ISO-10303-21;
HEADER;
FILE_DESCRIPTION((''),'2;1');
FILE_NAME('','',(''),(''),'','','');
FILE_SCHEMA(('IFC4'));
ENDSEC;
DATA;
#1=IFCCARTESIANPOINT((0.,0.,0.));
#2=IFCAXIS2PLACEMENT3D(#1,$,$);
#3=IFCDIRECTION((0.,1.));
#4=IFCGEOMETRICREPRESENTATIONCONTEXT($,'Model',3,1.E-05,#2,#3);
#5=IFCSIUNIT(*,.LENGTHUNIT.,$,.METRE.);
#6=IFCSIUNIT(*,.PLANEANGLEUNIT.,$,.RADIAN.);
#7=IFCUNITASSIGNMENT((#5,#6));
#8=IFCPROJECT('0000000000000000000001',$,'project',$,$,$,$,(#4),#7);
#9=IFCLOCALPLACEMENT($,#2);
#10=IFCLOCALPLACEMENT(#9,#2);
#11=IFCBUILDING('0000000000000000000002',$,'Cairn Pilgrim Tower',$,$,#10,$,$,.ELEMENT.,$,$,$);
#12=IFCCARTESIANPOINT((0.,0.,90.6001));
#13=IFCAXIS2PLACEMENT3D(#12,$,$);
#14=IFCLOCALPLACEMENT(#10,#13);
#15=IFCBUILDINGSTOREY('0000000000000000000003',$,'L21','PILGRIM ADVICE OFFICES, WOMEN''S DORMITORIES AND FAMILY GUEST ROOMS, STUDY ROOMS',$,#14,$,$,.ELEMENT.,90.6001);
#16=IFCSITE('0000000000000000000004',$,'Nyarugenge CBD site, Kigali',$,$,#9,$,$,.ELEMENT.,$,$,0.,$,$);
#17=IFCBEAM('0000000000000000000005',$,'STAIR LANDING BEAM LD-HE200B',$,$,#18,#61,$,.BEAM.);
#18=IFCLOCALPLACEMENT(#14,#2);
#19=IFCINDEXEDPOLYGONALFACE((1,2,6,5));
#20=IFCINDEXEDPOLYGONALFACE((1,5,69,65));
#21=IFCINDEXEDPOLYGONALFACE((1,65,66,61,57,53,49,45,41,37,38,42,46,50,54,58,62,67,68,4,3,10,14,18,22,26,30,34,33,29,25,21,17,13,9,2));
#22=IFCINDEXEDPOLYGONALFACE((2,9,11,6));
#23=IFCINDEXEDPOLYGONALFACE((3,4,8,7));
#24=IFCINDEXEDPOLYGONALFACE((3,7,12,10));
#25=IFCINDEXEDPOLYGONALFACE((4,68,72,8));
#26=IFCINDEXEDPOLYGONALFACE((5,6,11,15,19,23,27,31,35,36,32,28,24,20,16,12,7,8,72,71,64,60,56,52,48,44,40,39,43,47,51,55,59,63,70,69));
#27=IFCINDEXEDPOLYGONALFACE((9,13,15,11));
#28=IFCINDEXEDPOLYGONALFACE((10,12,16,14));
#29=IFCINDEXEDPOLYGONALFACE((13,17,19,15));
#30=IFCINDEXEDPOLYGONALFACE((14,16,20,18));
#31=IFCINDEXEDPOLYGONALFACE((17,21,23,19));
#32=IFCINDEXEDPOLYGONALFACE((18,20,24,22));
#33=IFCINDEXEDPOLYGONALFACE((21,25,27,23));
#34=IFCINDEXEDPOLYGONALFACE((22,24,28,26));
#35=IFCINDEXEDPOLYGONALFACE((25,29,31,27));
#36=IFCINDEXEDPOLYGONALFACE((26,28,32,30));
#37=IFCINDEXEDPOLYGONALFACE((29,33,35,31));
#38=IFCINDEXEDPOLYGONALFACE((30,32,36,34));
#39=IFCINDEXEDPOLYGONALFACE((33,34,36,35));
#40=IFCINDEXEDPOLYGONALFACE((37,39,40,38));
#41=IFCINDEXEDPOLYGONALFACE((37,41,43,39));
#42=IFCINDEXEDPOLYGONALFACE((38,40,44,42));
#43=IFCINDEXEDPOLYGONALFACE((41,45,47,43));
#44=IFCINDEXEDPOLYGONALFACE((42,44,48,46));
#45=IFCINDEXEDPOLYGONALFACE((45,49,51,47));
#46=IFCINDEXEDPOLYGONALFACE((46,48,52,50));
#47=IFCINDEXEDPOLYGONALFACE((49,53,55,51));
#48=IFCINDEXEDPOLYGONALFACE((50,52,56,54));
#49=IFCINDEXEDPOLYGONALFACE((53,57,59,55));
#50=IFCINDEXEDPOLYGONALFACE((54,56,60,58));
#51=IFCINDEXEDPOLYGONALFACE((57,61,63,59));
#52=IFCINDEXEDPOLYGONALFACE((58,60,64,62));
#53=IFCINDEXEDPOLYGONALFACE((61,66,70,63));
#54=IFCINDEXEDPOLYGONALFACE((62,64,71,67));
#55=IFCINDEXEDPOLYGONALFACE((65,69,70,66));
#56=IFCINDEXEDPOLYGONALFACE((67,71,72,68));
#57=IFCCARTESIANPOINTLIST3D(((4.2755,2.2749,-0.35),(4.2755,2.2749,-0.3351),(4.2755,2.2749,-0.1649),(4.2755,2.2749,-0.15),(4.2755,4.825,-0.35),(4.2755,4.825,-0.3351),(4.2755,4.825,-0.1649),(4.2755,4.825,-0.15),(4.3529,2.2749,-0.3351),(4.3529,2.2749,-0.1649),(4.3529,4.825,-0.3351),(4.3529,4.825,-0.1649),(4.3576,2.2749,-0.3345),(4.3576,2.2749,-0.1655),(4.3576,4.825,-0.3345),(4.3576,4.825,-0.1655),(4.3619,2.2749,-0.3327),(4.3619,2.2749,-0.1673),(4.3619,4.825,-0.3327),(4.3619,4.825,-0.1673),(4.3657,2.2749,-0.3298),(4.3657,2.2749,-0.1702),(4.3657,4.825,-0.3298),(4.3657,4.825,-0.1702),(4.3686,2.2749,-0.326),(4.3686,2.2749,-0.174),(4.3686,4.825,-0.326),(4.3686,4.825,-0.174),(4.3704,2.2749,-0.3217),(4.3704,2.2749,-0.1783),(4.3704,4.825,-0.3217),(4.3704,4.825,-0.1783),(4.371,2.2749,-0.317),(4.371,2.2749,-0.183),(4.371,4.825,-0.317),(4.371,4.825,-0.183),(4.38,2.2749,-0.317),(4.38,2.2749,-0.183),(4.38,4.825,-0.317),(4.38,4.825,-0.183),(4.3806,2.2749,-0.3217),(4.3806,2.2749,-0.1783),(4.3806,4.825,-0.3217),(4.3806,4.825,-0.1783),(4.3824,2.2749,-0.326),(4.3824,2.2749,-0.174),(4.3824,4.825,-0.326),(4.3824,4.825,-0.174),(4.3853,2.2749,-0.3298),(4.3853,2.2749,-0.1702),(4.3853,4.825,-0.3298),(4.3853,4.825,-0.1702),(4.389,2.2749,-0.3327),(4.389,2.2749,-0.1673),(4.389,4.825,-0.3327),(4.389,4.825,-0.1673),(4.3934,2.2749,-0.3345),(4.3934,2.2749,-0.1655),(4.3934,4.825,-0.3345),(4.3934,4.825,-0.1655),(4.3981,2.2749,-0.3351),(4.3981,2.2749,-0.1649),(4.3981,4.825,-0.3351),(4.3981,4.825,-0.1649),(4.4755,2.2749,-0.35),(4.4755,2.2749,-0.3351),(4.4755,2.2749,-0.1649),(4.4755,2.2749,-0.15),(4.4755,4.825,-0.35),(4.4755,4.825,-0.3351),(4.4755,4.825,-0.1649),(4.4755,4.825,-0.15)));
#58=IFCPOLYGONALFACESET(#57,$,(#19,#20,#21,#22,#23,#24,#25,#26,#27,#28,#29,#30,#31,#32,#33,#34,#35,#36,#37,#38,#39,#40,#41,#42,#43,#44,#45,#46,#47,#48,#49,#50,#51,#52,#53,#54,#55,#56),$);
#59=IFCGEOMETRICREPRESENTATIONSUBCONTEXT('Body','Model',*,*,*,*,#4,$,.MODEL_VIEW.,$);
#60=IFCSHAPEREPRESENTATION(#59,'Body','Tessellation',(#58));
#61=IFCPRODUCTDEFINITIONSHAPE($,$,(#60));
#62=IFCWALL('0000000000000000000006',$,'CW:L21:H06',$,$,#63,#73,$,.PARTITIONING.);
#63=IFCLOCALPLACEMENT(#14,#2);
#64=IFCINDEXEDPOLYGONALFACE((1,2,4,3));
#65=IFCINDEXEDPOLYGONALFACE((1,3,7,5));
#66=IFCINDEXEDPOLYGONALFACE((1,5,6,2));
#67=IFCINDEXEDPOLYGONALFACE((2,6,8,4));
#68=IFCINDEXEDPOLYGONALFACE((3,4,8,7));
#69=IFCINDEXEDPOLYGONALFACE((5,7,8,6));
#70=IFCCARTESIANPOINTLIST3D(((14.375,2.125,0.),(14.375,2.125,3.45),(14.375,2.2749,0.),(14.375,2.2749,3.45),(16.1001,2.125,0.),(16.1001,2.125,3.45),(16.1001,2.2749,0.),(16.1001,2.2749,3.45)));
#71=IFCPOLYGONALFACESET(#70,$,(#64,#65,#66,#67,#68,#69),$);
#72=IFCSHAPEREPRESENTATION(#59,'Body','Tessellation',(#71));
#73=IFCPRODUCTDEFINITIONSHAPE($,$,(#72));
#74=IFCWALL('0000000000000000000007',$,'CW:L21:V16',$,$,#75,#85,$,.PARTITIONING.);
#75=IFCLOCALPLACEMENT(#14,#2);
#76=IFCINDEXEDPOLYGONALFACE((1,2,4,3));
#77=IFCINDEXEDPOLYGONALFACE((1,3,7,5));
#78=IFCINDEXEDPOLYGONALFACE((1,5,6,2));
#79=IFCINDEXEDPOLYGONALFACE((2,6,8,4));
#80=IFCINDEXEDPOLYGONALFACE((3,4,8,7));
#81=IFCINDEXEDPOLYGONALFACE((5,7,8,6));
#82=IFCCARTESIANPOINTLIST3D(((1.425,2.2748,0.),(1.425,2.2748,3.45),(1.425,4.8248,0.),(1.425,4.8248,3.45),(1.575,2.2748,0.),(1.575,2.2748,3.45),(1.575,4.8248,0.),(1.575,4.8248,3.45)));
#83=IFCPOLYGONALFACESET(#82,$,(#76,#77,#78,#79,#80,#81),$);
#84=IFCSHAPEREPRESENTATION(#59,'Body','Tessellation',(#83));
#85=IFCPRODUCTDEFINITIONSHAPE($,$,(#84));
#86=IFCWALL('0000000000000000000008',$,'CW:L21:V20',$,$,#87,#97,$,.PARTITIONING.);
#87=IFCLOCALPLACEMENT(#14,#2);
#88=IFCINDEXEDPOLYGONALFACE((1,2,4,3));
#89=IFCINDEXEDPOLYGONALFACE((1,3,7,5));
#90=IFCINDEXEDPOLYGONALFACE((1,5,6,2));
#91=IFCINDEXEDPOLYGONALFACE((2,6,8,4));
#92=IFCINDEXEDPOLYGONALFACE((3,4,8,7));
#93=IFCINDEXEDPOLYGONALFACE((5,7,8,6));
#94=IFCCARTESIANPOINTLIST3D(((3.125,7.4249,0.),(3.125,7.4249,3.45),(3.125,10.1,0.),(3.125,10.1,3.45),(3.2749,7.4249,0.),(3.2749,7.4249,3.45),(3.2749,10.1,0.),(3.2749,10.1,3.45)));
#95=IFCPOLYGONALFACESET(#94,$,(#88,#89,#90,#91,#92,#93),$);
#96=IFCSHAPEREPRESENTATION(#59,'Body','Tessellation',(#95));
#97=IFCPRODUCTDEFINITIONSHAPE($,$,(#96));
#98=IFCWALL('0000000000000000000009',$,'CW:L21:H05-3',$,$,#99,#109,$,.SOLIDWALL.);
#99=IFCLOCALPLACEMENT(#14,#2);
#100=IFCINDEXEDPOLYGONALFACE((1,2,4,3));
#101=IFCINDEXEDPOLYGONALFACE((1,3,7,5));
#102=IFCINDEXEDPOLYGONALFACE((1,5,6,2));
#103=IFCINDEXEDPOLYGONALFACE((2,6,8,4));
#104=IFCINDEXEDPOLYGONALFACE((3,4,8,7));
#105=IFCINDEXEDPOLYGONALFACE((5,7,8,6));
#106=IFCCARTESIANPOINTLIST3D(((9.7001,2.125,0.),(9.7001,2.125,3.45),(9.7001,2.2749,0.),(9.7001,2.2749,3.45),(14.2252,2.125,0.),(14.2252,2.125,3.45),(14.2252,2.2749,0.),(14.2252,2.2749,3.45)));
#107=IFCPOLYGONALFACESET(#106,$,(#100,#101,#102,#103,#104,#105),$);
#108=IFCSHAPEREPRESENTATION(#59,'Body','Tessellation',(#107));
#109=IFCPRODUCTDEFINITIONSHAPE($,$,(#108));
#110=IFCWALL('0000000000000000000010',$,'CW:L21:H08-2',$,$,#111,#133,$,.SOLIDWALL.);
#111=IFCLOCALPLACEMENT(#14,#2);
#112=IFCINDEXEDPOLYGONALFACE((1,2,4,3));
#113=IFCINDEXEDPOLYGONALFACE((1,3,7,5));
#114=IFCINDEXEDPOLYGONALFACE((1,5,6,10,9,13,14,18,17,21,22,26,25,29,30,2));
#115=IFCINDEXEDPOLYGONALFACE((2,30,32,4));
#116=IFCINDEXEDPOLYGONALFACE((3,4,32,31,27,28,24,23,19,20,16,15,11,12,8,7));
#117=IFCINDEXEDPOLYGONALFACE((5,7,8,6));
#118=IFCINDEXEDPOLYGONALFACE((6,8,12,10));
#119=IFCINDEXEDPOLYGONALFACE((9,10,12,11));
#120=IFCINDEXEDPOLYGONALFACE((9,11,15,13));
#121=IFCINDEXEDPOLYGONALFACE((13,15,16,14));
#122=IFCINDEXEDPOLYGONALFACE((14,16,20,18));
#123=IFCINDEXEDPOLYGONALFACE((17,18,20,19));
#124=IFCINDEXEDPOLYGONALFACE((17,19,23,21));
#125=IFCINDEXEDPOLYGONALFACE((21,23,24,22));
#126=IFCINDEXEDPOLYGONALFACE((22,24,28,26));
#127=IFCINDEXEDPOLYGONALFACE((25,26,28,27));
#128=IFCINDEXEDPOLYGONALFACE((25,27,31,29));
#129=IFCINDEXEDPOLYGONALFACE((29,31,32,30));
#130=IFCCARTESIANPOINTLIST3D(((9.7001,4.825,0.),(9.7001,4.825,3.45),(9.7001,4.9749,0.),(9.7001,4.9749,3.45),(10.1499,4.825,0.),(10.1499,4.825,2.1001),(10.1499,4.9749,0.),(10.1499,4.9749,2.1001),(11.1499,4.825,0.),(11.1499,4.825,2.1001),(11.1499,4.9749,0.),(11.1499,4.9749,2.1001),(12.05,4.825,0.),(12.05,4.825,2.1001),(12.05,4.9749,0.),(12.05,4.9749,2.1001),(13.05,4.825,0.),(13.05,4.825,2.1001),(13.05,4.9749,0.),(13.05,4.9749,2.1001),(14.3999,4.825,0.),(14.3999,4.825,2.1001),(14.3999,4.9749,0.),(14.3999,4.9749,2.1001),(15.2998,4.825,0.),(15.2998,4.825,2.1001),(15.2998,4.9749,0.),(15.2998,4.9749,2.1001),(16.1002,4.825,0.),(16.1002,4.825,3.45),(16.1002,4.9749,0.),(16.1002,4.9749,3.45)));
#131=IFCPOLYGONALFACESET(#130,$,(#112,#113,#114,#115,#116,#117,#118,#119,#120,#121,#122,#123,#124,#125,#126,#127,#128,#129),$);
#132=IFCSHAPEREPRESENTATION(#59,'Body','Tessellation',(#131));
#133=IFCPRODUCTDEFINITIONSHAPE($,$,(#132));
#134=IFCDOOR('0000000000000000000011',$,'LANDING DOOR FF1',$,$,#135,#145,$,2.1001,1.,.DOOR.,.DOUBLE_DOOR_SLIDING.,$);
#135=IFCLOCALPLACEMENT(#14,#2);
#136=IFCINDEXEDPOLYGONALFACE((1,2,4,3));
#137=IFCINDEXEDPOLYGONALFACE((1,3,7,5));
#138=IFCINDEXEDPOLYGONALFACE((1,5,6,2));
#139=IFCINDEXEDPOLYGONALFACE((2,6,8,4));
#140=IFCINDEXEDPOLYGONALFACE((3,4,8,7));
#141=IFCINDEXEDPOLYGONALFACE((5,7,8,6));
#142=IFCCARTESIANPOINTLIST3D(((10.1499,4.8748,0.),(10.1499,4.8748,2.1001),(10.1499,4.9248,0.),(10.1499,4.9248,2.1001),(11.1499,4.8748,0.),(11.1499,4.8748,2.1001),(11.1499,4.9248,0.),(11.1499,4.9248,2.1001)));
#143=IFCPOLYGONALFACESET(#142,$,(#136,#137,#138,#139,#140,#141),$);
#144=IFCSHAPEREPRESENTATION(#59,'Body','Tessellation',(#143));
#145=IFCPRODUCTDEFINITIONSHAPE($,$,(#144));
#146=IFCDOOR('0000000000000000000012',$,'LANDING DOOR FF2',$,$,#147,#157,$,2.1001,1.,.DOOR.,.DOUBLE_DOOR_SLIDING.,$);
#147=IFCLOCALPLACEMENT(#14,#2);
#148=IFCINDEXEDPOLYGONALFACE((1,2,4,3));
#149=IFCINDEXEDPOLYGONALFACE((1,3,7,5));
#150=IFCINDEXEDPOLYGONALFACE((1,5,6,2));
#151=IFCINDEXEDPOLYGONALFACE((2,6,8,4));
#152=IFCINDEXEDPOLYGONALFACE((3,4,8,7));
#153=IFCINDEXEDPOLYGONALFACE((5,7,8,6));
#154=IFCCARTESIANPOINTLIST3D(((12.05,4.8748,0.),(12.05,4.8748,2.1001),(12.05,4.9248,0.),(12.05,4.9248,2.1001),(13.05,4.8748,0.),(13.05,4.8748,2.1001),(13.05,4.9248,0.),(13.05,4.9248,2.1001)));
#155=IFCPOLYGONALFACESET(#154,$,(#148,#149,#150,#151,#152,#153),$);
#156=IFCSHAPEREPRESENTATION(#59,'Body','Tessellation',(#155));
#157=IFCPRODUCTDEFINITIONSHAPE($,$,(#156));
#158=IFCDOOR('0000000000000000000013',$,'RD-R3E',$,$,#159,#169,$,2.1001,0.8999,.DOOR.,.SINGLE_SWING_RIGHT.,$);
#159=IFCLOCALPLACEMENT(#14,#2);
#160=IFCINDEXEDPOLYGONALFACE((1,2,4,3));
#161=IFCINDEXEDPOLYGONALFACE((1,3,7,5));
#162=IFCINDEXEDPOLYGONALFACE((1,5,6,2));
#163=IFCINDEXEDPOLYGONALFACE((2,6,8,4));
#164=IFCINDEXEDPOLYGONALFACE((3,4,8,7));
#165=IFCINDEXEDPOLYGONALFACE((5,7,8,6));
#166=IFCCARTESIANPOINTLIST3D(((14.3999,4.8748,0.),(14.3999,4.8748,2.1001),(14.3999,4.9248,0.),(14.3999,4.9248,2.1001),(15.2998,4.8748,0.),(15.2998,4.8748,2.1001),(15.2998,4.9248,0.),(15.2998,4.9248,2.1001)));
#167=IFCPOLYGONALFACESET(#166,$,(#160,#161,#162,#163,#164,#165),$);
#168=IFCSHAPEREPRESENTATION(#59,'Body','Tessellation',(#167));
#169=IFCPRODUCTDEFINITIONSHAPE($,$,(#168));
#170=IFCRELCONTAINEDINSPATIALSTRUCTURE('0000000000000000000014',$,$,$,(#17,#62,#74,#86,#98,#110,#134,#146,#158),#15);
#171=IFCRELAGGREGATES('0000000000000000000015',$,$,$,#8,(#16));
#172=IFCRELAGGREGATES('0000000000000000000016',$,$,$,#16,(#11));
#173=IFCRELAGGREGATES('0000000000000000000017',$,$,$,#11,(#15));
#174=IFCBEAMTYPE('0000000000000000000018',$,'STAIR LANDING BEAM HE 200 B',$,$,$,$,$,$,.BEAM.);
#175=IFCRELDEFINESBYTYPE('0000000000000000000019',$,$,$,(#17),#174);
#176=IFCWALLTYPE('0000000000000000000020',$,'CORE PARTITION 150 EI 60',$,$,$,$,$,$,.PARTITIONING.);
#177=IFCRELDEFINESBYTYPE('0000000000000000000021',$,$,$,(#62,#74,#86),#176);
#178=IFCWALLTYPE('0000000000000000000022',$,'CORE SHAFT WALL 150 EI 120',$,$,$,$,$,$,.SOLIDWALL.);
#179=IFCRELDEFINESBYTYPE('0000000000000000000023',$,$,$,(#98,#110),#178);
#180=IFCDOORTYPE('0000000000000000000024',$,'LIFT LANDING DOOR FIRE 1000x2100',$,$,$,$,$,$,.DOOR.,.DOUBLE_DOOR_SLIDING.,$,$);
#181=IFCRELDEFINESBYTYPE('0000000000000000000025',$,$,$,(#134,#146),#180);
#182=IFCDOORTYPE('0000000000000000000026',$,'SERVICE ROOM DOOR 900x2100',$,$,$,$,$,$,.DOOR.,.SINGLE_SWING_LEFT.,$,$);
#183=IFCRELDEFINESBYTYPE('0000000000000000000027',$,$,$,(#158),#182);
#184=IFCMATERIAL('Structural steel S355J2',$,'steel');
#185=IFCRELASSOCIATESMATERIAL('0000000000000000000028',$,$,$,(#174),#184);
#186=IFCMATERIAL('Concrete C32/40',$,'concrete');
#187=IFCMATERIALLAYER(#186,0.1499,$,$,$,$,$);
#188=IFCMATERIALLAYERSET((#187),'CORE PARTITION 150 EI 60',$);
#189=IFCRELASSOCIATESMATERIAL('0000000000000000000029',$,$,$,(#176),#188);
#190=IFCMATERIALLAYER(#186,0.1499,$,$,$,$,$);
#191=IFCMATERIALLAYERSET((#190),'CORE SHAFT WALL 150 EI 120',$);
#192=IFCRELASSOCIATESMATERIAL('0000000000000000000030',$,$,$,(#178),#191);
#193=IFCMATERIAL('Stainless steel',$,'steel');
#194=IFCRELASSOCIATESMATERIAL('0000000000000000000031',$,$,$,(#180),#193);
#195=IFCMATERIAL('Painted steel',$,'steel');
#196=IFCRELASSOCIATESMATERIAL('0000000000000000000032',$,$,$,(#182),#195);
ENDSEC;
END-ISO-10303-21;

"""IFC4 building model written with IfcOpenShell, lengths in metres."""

from ifc_helpers import new_model, si_unit, direction, frame, frame_2d, origin, origin_2d, place, context, subcontext, project, spatial, rectangle, i_section, extrude, material, layer, layer_set, material_profile, profile_set, type_object, element, fill, save


model = new_model("IFC4")

# Units and contexts
model_context = context("Model", 3, precision=1e-05, world=origin(), true_north=direction((0.0, 1.0)))
body_context = subcontext(model_context, "Body", "Model", "MODEL_VIEW")
ifc_project = project(units=[si_unit("LENGTHUNIT", "METRE"), si_unit("PLANEANGLEUNIT", "RADIAN")], contexts=[model_context])

# Site, building, storey
site_placement = place(None, origin())
site = spatial("IfcSite", under=ifc_project, at=site_placement, Name="Nyarugenge CBD site, Kigali", CompositionType="ELEMENT", RefElevation=0.0)
building_placement = place(site_placement, origin())
building = spatial("IfcBuilding", under=site, at=building_placement, Name="Cairn Pilgrim Tower", CompositionType="ELEMENT")
storey_placement = place(building_placement, frame((0.0, 0.0, 90.6001)))
storey = spatial("IfcBuildingStorey", under=building, at=storey_placement, Name="L21", Description="PILGRIM ADVICE OFFICES, WOMEN'S DORMITORIES AND FAMILY GUEST ROOMS, STUDY ROOMS", CompositionType="ELEMENT", Elevation=90.6001)

# Beam
ifc_material_1 = material(Name="Structural steel S355J2", Category="steel")
ifc_material_profile = material_profile(ifc_material_1, i_section(OverallWidth=0.2, OverallDepth=0.2, WebThickness=0.009, FlangeThickness=0.0149, FilletRadius=0.0181, at=origin_2d()), Name="HE 200 B")
ifc_profile_set = profile_set([ifc_material_profile], Name="Structural steel S355J2")
beam_type = type_object("IfcBeamType", Name="STAIR LANDING BEAM HE 200 B", PredefinedType="BEAM", material=ifc_profile_set)
beam_placement = place(storey_placement, frame((4.3755, 2.2749, -0.25), z_axis=(0.0, 1.0, 0.0), x_axis=(-1.0, 0.0, 0.0)))
element("IfcBeam", 1, at=beam_placement, inside=storey, type_object=beam_type, Name="STAIR LANDING BEAM LD-HE200B", PredefinedType="BEAM", context=body_context, shape_type="SweptSolid", body=[
    extrude(i_section(OverallWidth=0.2, OverallDepth=0.2, WebThickness=0.009, FlangeThickness=0.0149, FilletRadius=0.0181, at=origin_2d()), origin(), (0.0, 0.0, 1.0), 2.55),
])

# Walls
ifc_material_2 = material(Name="Concrete C32/40", Category="concrete")
ifc_layer_1 = layer(ifc_material_2, 0.1499)
ifc_layer_set_1 = layer_set([ifc_layer_1], Name="CORE PARTITION 150 EI 60")
wall_type_1 = type_object("IfcWallType", Name="CORE PARTITION 150 EI 60", PredefinedType="PARTITIONING", material=ifc_layer_set_1)
wall_1_placement = place(storey_placement, frame((14.375, 2.2, 0.0), z_axis=(0.0, 0.0, 1.0), x_axis=(1.0, 0.0, 0.0)))
element("IfcWall", 2, at=wall_1_placement, inside=storey, type_object=wall_type_1, Name="CW:L21:H06", PredefinedType="PARTITIONING", context=body_context, shape_type="SweptSolid", body=[
    extrude(rectangle(XDim=1.7251, YDim=0.1499, at=frame_2d((0.8625, 0.0))), origin(), (0.0, 0.0, 1.0), 3.45),
])
wall_2_placement = place(storey_placement, frame((1.5, 2.2749, 0.0), z_axis=(0.0, 0.0, 1.0), x_axis=(0.0, 1.0, 0.0)))
element("IfcWall", 3, at=wall_2_placement, inside=storey, type_object=wall_type_1, Name="CW:L21:V16", PredefinedType="PARTITIONING", context=body_context, shape_type="SweptSolid", body=[
    extrude(rectangle(XDim=2.55, YDim=0.1499, at=frame_2d((1.2749, 0.0))), origin(), (0.0, 0.0, 1.0), 3.45),
])
wall_3_placement = place(storey_placement, frame((3.2, 7.425, 0.0), z_axis=(0.0, 0.0, 1.0), x_axis=(0.0, 1.0, 0.0)))
element("IfcWall", 4, at=wall_3_placement, inside=storey, type_object=wall_type_1, Name="CW:L21:V20", PredefinedType="PARTITIONING", context=body_context, shape_type="SweptSolid", body=[
    extrude(rectangle(XDim=2.675, YDim=0.1499, at=frame_2d((1.3374, 0.0))), origin(), (0.0, 0.0, 1.0), 3.45),
])
ifc_layer_2 = layer(ifc_material_2, 0.1499)
ifc_layer_set_2 = layer_set([ifc_layer_2], Name="CORE SHAFT WALL 150 EI 120")
wall_type_2 = type_object("IfcWallType", Name="CORE SHAFT WALL 150 EI 120", PredefinedType="SOLIDWALL", material=ifc_layer_set_2)
wall_4_placement = place(storey_placement, frame((9.7, 2.2, 0.0), z_axis=(0.0, 0.0, 1.0), x_axis=(1.0, 0.0, 0.0)))
element("IfcWall", 5, at=wall_4_placement, inside=storey, type_object=wall_type_2, Name="CW:L21:H05-3", PredefinedType="SOLIDWALL", context=body_context, shape_type="SweptSolid", body=[
    extrude(rectangle(XDim=4.5251, YDim=0.1499, at=frame_2d((2.2627, 0.0))), origin(), (0.0, 0.0, 1.0), 3.45),
])

# Wall, openings, doors
wall_5_placement = place(storey_placement, frame((9.7, 4.8999, 0.0), z_axis=(0.0, 0.0, 1.0), x_axis=(1.0, 0.0, 0.0)))
wall_5 = element("IfcWall", 6, at=wall_5_placement, inside=storey, type_object=wall_type_2, Name="CW:L21:H08-2", PredefinedType="SOLIDWALL", context=body_context, shape_type="SweptSolid", body=[
    extrude(rectangle(XDim=6.4001, YDim=0.1499, at=frame_2d((3.2002, 0.0))), origin(), (0.0, 0.0, 1.0), 3.45),
])
opening_1_placement = place(wall_5_placement, frame((0.45, 0.0, 0.0)))
opening_1 = element("IfcOpeningElement", 7, at=opening_1_placement, cuts=wall_5, PredefinedType="OPENING", context=body_context, shape_type="SweptSolid", body=[
    extrude(rectangle(XDim=1.0, YDim=2.1001, at=frame_2d((0.5, 1.05))), frame((0.0, 0.085, 0.0), z_axis=(0.0, -1.0, 0.0), x_axis=(1.0, 0.0, 0.0)), (0.0, 0.0, 1.0), 0.1699),
])
opening_2_placement = place(wall_5_placement, frame((2.3501, 0.0, 0.0)))
opening_2 = element("IfcOpeningElement", 8, at=opening_2_placement, cuts=wall_5, PredefinedType="OPENING", context=body_context, shape_type="SweptSolid", body=[
    extrude(rectangle(XDim=1.0, YDim=2.1001, at=frame_2d((0.5, 1.05))), frame((0.0, 0.085, 0.0), z_axis=(0.0, -1.0, 0.0), x_axis=(1.0, 0.0, 0.0)), (0.0, 0.0, 1.0), 0.1699),
])
opening_3_placement = place(wall_5_placement, frame((4.7, 0.0, 0.0)))
opening_3 = element("IfcOpeningElement", 9, at=opening_3_placement, cuts=wall_5, PredefinedType="OPENING", context=body_context, shape_type="SweptSolid", body=[
    extrude(rectangle(XDim=0.8999, YDim=2.1001, at=frame_2d((0.45, 1.05))), frame((0.0, 0.085, 0.0), z_axis=(0.0, -1.0, 0.0), x_axis=(1.0, 0.0, 0.0)), (0.0, 0.0, 1.0), 0.1699),
])
ifc_material_3 = material(Name="Stainless steel", Category="steel")
door_type_1 = type_object("IfcDoorType", Name="LIFT LANDING DOOR FIRE 1000x2100", OperationType="DOUBLE_DOOR_SLIDING", PredefinedType="DOOR", material=ifc_material_3)
door_1_placement = place(opening_1_placement, origin())
door_1 = element("IfcDoor", 10, at=door_1_placement, inside=storey, type_object=door_type_1, Name="LANDING DOOR FF1", OperationType="DOUBLE_DOOR_SLIDING", OverallHeight=2.1001, OverallWidth=1.0, PredefinedType="DOOR", context=body_context, shape_type="SweptSolid", body=[
    extrude(rectangle(XDim=1.0, YDim=2.1001, at=frame_2d((0.5, 1.05))), frame((0.0, 0.0249, 0.0), z_axis=(0.0, -1.0, 0.0), x_axis=(1.0, 0.0, 0.0)), (0.0, 0.0, 1.0), 0.05),
])
fill(opening_1, door_1)
door_2_placement = place(opening_2_placement, origin())
door_2 = element("IfcDoor", 11, at=door_2_placement, inside=storey, type_object=door_type_1, Name="LANDING DOOR FF2", OperationType="DOUBLE_DOOR_SLIDING", OverallHeight=2.1001, OverallWidth=1.0, PredefinedType="DOOR", context=body_context, shape_type="SweptSolid", body=[
    extrude(rectangle(XDim=1.0, YDim=2.1001, at=frame_2d((0.5, 1.05))), frame((0.0, 0.0249, 0.0), z_axis=(0.0, -1.0, 0.0), x_axis=(1.0, 0.0, 0.0)), (0.0, 0.0, 1.0), 0.05),
])
fill(opening_2, door_2)
ifc_material_4 = material(Name="Painted steel", Category="steel")
door_type_2 = type_object("IfcDoorType", Name="SERVICE ROOM DOOR 900x2100", OperationType="SINGLE_SWING_LEFT", PredefinedType="DOOR", material=ifc_material_4)
door_3_placement = place(opening_3_placement, origin())
door_3 = element("IfcDoor", 12, at=door_3_placement, inside=storey, type_object=door_type_2, Name="RD-R3E", OperationType="SINGLE_SWING_RIGHT", OverallHeight=2.1001, OverallWidth=0.8999, PredefinedType="DOOR", context=body_context, shape_type="SweptSolid", body=[
    extrude(rectangle(XDim=0.8999, YDim=2.1001, at=frame_2d((0.45, 1.05))), frame((0.0, 0.0249, 0.0), z_axis=(0.0, -1.0, 0.0), x_axis=(1.0, 0.0, 0.0)), (0.0, 0.0, 1.0), 0.05),
])
fill(opening_3, door_3)

save(model, "model.ifc")
